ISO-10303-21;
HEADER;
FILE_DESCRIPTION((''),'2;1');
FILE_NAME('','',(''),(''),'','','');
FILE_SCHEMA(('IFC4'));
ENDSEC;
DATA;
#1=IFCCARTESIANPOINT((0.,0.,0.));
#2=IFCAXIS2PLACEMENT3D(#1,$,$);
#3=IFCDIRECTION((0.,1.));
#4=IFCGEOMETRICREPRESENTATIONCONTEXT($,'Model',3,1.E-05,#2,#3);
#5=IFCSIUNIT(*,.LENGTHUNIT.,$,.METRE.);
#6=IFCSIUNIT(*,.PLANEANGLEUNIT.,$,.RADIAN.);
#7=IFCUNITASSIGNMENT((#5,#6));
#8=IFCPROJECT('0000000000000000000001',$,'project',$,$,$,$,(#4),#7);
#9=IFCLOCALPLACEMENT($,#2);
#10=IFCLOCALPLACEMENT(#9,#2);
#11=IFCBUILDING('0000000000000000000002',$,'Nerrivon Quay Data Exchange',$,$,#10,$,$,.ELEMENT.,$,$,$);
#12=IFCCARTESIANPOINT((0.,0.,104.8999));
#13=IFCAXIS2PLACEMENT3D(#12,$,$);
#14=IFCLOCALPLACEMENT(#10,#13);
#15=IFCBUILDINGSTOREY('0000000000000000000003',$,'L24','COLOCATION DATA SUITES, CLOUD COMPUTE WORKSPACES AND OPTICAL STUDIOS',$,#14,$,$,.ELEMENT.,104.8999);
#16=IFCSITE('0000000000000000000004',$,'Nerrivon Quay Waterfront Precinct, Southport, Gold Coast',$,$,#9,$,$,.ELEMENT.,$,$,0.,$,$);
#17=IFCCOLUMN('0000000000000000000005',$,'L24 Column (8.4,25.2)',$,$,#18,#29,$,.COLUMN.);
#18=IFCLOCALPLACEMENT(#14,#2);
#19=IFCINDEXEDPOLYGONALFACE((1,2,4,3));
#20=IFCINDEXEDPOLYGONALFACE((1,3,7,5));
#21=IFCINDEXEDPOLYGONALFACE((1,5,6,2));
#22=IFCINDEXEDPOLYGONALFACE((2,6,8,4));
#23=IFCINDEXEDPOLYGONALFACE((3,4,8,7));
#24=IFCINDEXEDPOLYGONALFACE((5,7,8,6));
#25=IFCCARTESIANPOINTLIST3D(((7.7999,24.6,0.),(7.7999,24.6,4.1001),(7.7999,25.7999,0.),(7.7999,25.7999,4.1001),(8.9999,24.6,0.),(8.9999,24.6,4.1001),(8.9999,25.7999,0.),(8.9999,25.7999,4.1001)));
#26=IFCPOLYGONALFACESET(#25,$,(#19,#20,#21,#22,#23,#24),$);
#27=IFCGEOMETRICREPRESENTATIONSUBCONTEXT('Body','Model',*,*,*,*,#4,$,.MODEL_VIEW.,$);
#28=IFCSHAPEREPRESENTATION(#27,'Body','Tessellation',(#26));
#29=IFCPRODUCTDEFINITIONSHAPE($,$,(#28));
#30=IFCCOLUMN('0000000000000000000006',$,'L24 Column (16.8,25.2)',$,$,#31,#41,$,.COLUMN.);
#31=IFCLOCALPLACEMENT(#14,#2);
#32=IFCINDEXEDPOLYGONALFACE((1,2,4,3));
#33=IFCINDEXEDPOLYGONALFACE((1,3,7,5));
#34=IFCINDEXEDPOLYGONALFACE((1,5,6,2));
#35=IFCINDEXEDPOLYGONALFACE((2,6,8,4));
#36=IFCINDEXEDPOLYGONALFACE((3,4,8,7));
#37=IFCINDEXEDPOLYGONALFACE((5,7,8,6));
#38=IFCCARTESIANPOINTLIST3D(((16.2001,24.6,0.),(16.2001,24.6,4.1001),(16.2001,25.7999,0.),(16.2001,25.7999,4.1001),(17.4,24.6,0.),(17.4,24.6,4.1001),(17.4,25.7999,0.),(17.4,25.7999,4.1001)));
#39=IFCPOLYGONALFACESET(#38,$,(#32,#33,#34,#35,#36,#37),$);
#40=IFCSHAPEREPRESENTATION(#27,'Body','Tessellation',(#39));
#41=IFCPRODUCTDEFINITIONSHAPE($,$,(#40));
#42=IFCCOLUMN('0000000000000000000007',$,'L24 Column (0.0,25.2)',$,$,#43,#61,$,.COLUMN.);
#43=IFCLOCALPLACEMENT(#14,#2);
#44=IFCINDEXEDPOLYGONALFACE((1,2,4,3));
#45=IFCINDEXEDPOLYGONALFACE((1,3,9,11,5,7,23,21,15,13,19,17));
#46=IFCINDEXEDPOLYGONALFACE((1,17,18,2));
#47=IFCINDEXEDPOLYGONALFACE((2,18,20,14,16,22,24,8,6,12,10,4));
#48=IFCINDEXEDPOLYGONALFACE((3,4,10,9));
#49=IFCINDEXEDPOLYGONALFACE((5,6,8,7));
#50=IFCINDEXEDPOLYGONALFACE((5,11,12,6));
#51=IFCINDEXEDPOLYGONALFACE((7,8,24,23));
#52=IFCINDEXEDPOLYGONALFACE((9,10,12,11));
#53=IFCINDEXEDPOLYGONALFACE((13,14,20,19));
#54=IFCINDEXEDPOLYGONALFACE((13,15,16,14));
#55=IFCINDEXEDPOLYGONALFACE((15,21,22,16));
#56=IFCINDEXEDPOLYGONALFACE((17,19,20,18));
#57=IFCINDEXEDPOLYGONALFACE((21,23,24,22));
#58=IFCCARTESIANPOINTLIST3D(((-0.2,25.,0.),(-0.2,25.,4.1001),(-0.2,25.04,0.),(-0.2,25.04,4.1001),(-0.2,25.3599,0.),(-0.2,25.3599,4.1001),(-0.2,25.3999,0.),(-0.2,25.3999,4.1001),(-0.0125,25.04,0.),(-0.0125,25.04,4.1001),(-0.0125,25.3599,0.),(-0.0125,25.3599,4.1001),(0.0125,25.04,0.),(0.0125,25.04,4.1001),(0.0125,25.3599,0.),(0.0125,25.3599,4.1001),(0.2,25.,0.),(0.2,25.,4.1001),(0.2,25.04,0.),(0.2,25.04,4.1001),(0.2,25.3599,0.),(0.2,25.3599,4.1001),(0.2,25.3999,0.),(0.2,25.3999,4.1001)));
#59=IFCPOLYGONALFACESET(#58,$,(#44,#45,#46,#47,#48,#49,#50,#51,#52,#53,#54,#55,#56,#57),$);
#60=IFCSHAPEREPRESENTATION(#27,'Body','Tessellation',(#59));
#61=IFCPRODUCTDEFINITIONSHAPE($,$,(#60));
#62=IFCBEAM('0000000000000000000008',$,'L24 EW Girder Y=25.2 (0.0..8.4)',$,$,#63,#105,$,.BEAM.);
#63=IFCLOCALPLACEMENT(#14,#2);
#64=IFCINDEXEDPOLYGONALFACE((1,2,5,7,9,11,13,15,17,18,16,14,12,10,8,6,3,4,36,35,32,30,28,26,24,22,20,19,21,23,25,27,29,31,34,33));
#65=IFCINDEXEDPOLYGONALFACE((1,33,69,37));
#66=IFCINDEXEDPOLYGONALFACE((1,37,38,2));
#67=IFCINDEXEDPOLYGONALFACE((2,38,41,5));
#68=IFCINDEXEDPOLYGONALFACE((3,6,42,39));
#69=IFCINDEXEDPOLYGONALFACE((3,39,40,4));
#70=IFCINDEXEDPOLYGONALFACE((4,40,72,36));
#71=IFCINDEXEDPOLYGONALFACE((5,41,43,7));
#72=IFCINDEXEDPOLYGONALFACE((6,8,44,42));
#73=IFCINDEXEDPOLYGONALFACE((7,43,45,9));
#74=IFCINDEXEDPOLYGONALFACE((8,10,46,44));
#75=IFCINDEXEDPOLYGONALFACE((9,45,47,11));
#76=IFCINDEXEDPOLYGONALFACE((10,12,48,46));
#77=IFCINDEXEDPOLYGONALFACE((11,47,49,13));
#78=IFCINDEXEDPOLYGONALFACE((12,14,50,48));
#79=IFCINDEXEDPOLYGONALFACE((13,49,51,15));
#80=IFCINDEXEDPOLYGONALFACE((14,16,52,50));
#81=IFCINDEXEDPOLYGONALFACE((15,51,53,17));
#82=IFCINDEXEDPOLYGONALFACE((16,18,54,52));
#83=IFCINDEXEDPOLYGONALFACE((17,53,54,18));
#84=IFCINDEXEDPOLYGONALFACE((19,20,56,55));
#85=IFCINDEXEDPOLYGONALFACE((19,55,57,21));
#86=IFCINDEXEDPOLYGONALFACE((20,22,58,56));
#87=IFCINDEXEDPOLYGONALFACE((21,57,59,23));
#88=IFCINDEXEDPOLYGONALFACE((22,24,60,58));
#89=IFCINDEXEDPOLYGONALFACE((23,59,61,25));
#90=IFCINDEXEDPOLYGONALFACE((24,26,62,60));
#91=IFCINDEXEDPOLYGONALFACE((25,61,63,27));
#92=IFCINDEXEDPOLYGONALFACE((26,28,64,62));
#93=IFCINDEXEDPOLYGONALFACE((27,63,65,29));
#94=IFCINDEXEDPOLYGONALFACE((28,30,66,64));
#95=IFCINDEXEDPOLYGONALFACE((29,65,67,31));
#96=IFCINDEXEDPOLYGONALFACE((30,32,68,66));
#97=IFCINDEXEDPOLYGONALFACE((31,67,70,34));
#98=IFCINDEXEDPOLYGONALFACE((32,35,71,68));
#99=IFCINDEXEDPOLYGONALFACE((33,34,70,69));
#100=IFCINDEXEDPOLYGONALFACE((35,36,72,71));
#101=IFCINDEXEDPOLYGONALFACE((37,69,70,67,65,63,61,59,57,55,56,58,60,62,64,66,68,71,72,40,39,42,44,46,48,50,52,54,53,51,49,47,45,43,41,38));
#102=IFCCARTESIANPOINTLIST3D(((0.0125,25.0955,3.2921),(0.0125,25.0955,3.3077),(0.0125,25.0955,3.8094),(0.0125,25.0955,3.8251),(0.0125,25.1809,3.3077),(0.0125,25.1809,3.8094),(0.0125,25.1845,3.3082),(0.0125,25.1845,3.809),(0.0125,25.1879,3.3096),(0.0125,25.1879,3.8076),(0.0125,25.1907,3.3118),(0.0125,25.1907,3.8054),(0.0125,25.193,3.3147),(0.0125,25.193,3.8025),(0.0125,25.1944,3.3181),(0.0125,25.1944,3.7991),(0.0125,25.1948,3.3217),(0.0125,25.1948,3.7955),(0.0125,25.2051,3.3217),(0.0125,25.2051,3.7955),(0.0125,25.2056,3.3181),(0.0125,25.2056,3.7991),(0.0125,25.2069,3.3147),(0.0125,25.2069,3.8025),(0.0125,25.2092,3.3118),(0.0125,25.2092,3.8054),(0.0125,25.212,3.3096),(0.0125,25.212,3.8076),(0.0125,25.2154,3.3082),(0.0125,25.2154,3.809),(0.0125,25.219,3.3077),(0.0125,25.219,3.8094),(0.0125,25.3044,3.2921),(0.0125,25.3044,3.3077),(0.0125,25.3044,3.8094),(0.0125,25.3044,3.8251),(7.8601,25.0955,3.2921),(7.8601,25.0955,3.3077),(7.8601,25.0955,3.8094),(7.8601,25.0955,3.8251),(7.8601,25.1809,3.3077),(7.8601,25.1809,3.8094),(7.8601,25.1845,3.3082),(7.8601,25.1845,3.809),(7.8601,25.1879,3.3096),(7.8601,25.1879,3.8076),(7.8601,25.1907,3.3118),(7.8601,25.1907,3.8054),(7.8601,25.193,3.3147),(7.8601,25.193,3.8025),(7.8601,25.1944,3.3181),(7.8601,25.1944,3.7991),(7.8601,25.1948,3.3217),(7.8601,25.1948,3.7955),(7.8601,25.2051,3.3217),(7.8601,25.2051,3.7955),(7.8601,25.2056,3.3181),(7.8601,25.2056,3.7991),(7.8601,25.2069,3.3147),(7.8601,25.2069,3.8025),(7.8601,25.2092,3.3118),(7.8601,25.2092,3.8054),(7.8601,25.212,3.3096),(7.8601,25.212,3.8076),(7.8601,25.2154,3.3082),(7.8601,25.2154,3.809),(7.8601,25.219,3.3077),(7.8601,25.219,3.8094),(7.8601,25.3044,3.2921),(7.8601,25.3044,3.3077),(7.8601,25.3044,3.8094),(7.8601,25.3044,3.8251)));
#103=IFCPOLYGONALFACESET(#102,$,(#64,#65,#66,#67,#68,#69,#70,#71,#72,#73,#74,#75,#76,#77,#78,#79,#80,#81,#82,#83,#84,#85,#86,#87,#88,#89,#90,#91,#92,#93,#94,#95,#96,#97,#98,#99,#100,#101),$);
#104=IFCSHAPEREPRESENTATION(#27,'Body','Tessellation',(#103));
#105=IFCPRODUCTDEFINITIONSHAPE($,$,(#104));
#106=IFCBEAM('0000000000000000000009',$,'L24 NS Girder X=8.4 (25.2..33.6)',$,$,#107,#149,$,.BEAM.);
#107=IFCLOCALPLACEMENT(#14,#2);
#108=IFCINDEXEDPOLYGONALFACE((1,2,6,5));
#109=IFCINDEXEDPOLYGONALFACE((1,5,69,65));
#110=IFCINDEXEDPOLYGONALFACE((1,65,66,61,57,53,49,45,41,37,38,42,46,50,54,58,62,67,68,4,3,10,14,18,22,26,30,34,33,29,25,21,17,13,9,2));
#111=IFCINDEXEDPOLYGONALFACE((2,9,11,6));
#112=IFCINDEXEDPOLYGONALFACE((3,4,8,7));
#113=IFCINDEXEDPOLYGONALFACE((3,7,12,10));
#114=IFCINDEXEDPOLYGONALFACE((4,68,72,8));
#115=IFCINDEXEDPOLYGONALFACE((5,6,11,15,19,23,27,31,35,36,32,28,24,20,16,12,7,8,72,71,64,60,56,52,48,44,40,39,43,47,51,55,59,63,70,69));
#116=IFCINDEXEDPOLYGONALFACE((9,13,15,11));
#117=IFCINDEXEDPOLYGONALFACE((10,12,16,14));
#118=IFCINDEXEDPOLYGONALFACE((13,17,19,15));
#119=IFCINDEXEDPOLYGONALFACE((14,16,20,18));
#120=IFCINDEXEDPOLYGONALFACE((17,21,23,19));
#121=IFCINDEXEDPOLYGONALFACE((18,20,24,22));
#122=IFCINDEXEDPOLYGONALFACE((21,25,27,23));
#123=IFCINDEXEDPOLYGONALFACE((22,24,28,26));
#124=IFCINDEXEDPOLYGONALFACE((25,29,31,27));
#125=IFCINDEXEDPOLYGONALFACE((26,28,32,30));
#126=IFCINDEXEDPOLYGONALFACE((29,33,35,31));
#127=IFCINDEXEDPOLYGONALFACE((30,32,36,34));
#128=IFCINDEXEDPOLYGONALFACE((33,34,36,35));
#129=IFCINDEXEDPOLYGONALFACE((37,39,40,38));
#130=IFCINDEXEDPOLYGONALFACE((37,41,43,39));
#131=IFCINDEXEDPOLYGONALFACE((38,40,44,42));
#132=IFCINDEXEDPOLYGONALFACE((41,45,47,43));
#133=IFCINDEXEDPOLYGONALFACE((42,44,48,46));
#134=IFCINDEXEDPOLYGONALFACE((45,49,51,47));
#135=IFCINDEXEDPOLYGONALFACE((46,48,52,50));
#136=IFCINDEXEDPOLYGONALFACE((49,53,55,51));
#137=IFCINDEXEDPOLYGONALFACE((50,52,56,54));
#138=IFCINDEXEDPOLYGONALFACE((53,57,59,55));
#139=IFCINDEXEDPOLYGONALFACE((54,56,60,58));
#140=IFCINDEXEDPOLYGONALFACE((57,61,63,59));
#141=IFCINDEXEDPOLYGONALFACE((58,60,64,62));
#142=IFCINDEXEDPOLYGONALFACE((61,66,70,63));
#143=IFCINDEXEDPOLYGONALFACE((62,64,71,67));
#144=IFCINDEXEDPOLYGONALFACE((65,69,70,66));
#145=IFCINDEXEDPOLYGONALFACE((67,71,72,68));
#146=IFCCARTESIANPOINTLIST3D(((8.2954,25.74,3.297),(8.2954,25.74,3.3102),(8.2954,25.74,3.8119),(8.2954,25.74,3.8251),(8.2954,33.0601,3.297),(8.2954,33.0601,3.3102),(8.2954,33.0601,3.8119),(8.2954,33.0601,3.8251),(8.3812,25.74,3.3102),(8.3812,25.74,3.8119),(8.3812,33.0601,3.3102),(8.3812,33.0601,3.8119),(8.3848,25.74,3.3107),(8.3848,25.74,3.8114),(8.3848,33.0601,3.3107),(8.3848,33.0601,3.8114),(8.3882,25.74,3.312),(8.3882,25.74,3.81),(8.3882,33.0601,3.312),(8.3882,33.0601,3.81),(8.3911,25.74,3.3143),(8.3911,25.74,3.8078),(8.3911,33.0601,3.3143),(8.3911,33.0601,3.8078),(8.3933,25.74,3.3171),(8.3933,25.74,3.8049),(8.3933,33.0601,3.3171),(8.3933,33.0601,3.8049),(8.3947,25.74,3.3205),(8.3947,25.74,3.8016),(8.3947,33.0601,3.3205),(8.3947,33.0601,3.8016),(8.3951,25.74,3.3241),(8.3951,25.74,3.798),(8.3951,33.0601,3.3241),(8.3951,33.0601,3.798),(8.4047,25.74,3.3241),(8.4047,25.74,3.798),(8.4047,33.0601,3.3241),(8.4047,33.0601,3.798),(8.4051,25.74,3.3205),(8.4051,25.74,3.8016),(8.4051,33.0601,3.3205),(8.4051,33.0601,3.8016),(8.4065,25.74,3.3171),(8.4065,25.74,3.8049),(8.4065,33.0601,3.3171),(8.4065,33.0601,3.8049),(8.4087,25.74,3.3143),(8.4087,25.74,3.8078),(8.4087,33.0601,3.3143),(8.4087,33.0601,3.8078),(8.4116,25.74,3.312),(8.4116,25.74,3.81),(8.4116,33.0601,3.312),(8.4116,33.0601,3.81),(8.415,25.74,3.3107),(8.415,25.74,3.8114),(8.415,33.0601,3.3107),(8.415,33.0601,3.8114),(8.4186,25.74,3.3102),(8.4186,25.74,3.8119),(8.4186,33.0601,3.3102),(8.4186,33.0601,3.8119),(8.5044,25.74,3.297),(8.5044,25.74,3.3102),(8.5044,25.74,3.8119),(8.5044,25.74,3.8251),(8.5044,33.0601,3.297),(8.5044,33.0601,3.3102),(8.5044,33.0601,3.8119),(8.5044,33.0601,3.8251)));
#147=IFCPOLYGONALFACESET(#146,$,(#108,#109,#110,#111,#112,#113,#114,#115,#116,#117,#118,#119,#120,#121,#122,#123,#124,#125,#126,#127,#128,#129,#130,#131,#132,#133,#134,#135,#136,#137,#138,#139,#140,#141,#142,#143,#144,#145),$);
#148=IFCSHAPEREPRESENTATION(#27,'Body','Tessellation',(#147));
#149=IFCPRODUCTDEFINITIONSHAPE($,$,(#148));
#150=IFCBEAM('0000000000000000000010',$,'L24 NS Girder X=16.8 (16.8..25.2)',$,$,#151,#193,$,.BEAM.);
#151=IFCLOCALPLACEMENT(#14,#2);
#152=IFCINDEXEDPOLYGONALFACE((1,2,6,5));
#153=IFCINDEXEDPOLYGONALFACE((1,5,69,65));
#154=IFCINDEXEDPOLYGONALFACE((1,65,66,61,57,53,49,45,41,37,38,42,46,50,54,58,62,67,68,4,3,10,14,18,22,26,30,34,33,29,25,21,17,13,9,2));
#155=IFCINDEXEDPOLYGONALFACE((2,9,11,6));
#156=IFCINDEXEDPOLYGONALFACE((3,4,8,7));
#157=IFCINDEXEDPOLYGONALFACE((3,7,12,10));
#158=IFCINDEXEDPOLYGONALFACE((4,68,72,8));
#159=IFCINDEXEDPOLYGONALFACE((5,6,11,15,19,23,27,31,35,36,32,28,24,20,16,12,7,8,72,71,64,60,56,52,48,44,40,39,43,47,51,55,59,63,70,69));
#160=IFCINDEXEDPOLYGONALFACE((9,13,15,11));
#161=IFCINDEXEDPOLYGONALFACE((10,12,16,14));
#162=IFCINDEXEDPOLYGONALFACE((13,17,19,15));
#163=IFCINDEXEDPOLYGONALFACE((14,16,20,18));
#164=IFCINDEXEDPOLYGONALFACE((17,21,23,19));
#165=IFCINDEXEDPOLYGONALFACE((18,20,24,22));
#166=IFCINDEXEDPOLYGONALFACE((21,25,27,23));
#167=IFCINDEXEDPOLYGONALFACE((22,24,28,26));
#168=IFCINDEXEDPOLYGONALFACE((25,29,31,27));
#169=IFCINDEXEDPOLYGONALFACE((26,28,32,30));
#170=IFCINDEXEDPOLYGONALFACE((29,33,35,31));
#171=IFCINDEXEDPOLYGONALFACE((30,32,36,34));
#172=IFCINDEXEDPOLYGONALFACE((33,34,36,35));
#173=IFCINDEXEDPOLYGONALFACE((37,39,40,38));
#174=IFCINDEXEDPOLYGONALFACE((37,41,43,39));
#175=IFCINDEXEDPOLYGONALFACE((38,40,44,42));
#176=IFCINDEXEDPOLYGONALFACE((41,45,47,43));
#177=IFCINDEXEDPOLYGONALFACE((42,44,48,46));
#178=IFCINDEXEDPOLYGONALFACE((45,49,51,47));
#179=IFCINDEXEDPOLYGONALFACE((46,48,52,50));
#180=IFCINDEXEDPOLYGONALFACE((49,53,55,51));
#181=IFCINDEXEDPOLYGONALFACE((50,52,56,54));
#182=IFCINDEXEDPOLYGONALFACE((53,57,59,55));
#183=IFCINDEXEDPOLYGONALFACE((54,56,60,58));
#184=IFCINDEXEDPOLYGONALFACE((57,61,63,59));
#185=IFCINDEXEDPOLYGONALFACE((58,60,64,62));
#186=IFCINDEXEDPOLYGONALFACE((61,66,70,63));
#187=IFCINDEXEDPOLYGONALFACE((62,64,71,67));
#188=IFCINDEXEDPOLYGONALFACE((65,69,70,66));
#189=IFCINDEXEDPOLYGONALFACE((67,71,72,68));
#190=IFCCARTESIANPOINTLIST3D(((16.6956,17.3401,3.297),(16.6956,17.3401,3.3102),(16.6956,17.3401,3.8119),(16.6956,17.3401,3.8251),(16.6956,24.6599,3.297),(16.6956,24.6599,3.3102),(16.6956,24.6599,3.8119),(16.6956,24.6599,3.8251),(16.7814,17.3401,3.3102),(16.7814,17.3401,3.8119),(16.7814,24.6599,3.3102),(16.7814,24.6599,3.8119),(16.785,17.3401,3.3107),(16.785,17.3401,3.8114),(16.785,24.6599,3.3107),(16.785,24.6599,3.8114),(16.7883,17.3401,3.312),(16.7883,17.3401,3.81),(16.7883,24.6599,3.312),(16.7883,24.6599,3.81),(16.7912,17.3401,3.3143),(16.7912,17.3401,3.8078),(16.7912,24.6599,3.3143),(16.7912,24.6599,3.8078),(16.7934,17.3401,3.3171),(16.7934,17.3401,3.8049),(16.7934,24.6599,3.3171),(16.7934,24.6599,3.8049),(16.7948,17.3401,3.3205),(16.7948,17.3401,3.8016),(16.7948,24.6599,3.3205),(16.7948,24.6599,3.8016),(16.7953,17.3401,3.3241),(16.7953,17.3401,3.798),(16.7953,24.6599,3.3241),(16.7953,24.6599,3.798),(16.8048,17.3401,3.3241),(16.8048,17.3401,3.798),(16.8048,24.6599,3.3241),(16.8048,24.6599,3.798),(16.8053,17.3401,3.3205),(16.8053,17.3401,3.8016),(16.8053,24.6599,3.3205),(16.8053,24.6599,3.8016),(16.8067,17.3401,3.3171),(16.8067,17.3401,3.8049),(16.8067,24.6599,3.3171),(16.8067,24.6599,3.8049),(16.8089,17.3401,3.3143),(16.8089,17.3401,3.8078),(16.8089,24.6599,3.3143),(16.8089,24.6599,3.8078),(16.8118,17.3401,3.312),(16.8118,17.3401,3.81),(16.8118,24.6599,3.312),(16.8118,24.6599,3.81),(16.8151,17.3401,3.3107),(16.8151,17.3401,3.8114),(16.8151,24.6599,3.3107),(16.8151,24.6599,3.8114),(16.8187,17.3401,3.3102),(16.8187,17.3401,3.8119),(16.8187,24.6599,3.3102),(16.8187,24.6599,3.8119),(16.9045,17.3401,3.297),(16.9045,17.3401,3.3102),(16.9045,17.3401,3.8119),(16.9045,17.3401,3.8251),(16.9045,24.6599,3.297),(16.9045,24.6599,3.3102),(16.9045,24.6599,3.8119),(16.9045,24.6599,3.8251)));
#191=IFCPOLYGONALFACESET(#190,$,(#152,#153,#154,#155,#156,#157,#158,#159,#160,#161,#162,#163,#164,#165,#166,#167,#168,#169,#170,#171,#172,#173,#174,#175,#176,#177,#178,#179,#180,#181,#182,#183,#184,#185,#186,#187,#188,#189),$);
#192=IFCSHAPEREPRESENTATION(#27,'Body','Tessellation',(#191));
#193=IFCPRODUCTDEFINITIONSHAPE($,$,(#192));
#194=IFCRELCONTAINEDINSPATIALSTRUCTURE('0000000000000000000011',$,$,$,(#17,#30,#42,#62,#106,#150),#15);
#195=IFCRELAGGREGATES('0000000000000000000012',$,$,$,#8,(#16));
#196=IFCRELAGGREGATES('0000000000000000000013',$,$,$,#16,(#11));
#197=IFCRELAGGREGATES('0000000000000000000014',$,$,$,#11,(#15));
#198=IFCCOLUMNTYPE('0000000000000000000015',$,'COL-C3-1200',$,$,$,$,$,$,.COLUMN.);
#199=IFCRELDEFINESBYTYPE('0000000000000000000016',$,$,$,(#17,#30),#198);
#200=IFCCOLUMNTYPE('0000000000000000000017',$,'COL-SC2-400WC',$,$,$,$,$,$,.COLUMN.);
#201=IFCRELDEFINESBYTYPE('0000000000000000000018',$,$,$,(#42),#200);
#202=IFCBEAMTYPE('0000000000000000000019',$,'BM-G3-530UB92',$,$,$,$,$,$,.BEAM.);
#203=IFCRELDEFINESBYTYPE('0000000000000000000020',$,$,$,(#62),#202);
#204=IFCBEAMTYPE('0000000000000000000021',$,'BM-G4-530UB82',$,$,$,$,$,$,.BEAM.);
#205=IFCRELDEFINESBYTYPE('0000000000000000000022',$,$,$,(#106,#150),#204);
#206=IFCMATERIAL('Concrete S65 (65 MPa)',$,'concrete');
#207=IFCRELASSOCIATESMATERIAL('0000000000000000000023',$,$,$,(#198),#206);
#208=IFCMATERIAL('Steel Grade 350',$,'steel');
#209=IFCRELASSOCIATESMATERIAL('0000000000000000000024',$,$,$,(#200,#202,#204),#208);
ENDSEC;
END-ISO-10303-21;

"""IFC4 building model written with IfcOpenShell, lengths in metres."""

from ifc_helpers import new_model, si_unit, direction, frame, origin, origin_2d, place, context, subcontext, project, spatial, rectangle, i_section, extrude, material, material_profile, profile_set, type_object, element, save


model = new_model("IFC4")

# Units and contexts
model_context = context("Model", 3, precision=1e-05, world=origin(), true_north=direction((0.0, 1.0)))
body_context = subcontext(model_context, "Body", "Model", "MODEL_VIEW")
ifc_project = project(units=[si_unit("LENGTHUNIT", "METRE"), si_unit("PLANEANGLEUNIT", "RADIAN")], contexts=[model_context])

# Site, building, storey
site_placement = place(None, origin())
site = spatial("IfcSite", under=ifc_project, at=site_placement, Name="Nerrivon Quay Waterfront Precinct, Southport, Gold Coast", CompositionType="ELEMENT", RefElevation=0.0)
building_placement = place(site_placement, origin())
building = spatial("IfcBuilding", under=site, at=building_placement, Name="Nerrivon Quay Data Exchange", CompositionType="ELEMENT")
storey_placement = place(building_placement, frame((0.0, 0.0, 104.8999)))
storey = spatial("IfcBuildingStorey", under=building, at=storey_placement, Name="L24", Description="COLOCATION DATA SUITES, CLOUD COMPUTE WORKSPACES AND OPTICAL STUDIOS", CompositionType="ELEMENT", Elevation=104.8999)

# Columns
ifc_material_1 = material(Name="Concrete S65 (65 MPa)", Category="concrete")
ifc_material_profile_1 = material_profile(ifc_material_1, rectangle(XDim=1.2, YDim=1.2, at=origin_2d()), Name="RC-COL-1200x1200")
ifc_profile_set_1 = profile_set([ifc_material_profile_1], Name="Concrete S65 (65 MPa)")
column_type_1 = type_object("IfcColumnType", Name="COL-C3-1200", PredefinedType="COLUMN", material=ifc_profile_set_1)
for number, where, z_axis, x_axis, name in (
    (1, (8.3999, 25.2, 0.0), (0.0, 0.0, 1.0), (1.0, 0.0, 0.0), "L24 Column (8.4,25.2)"),
    (2, (16.8, 25.2, 0.0), (0.0, 0.0, 1.0), (1.0, 0.0, 0.0), "L24 Column (16.8,25.2)"),
):
    element("IfcColumn", number, at=place(storey_placement, frame(where, z_axis=z_axis, x_axis=x_axis)), inside=storey, type_object=column_type_1, Name=name, PredefinedType="COLUMN", context=body_context, shape_type="SweptSolid", body=[
        extrude(rectangle(XDim=1.2, YDim=1.2, at=origin_2d()), origin(), (0.0, 0.0, 1.0), 4.1001),
    ])
ifc_material_2 = material(Name="Steel Grade 350", Category="steel")
ifc_material_profile_2 = material_profile(ifc_material_2, i_section(OverallWidth=0.3999, OverallDepth=0.3999, WebThickness=0.0249, FlangeThickness=0.04, at=origin_2d()), Name="400WC328")
ifc_profile_set_2 = profile_set([ifc_material_profile_2], Name="Steel Grade 350")
column_type_2 = type_object("IfcColumnType", Name="COL-SC2-400WC", PredefinedType="COLUMN", material=ifc_profile_set_2)
column_placement = place(storey_placement, frame((0.0, 25.2, 0.0), z_axis=(0.0, 0.0, 1.0), x_axis=(1.0, 0.0, 0.0)))
element("IfcColumn", 3, at=column_placement, inside=storey, type_object=column_type_2, Name="L24 Column (0.0,25.2)", PredefinedType="COLUMN", context=body_context, shape_type="SweptSolid", body=[
    extrude(i_section(OverallWidth=0.3999, OverallDepth=0.3999, WebThickness=0.0249, FlangeThickness=0.04, at=origin_2d()), origin(), (0.0, 0.0, 1.0), 4.1001),
])

# Beams
ifc_material_profile_3 = material_profile(ifc_material_2, i_section(OverallWidth=0.209, OverallDepth=0.533, WebThickness=0.0103, FlangeThickness=0.0156, FilletRadius=0.0139, at=origin_2d()), Name="530UB92.4")
ifc_profile_set_3 = profile_set([ifc_material_profile_3], Name="Steel Grade 350")
beam_type_1 = type_object("IfcBeamType", Name="BM-G3-530UB92", PredefinedType="BEAM", material=ifc_profile_set_3)
beam_1_placement = place(storey_placement, frame((0.0125, 25.2, 3.5586), z_axis=(1.0, 0.0, 0.0), x_axis=(0.0, 1.0, 0.0)))
element("IfcBeam", 4, at=beam_1_placement, inside=storey, type_object=beam_type_1, Name="L24 EW Girder Y=25.2 (0.0..8.4)", PredefinedType="BEAM", context=body_context, shape_type="SweptSolid", body=[
    extrude(i_section(OverallWidth=0.209, OverallDepth=0.533, WebThickness=0.0103, FlangeThickness=0.0156, FilletRadius=0.0139, at=origin_2d()), origin(), (0.0, 0.0, 1.0), 7.8477),
])
ifc_material_profile_4 = material_profile(ifc_material_2, i_section(OverallWidth=0.209, OverallDepth=0.5281, WebThickness=0.0095, FlangeThickness=0.0132, FilletRadius=0.0139, at=origin_2d()), Name="530UB82.0")
ifc_profile_set_4 = profile_set([ifc_material_profile_4], Name="Steel Grade 350")
beam_type_2 = type_object("IfcBeamType", Name="BM-G4-530UB82", PredefinedType="BEAM", material=ifc_profile_set_4)
beam_2_placement = place(storey_placement, frame((8.3999, 25.74, 3.561), z_axis=(0.0, 1.0, 0.0), x_axis=(-1.0, 0.0, 0.0)))
element("IfcBeam", 5, at=beam_2_placement, inside=storey, type_object=beam_type_2, Name="L24 NS Girder X=8.4 (25.2..33.6)", PredefinedType="BEAM", context=body_context, shape_type="SweptSolid", body=[
    extrude(i_section(OverallWidth=0.209, OverallDepth=0.5281, WebThickness=0.0095, FlangeThickness=0.0132, FilletRadius=0.0139, at=origin_2d()), origin(), (0.0, 0.0, 1.0), 7.3201),
])
beam_3_placement = place(storey_placement, frame((16.8, 17.3401, 3.561), z_axis=(0.0, 1.0, 0.0), x_axis=(-1.0, 0.0, 0.0)))
element("IfcBeam", 6, at=beam_3_placement, inside=storey, type_object=beam_type_2, Name="L24 NS Girder X=16.8 (16.8..25.2)", PredefinedType="BEAM", context=body_context, shape_type="SweptSolid", body=[
    extrude(i_section(OverallWidth=0.209, OverallDepth=0.5281, WebThickness=0.0095, FlangeThickness=0.0132, FilletRadius=0.0139, at=origin_2d()), origin(), (0.0, 0.0, 1.0), 7.3198),
])

save(model, "model.ifc")
